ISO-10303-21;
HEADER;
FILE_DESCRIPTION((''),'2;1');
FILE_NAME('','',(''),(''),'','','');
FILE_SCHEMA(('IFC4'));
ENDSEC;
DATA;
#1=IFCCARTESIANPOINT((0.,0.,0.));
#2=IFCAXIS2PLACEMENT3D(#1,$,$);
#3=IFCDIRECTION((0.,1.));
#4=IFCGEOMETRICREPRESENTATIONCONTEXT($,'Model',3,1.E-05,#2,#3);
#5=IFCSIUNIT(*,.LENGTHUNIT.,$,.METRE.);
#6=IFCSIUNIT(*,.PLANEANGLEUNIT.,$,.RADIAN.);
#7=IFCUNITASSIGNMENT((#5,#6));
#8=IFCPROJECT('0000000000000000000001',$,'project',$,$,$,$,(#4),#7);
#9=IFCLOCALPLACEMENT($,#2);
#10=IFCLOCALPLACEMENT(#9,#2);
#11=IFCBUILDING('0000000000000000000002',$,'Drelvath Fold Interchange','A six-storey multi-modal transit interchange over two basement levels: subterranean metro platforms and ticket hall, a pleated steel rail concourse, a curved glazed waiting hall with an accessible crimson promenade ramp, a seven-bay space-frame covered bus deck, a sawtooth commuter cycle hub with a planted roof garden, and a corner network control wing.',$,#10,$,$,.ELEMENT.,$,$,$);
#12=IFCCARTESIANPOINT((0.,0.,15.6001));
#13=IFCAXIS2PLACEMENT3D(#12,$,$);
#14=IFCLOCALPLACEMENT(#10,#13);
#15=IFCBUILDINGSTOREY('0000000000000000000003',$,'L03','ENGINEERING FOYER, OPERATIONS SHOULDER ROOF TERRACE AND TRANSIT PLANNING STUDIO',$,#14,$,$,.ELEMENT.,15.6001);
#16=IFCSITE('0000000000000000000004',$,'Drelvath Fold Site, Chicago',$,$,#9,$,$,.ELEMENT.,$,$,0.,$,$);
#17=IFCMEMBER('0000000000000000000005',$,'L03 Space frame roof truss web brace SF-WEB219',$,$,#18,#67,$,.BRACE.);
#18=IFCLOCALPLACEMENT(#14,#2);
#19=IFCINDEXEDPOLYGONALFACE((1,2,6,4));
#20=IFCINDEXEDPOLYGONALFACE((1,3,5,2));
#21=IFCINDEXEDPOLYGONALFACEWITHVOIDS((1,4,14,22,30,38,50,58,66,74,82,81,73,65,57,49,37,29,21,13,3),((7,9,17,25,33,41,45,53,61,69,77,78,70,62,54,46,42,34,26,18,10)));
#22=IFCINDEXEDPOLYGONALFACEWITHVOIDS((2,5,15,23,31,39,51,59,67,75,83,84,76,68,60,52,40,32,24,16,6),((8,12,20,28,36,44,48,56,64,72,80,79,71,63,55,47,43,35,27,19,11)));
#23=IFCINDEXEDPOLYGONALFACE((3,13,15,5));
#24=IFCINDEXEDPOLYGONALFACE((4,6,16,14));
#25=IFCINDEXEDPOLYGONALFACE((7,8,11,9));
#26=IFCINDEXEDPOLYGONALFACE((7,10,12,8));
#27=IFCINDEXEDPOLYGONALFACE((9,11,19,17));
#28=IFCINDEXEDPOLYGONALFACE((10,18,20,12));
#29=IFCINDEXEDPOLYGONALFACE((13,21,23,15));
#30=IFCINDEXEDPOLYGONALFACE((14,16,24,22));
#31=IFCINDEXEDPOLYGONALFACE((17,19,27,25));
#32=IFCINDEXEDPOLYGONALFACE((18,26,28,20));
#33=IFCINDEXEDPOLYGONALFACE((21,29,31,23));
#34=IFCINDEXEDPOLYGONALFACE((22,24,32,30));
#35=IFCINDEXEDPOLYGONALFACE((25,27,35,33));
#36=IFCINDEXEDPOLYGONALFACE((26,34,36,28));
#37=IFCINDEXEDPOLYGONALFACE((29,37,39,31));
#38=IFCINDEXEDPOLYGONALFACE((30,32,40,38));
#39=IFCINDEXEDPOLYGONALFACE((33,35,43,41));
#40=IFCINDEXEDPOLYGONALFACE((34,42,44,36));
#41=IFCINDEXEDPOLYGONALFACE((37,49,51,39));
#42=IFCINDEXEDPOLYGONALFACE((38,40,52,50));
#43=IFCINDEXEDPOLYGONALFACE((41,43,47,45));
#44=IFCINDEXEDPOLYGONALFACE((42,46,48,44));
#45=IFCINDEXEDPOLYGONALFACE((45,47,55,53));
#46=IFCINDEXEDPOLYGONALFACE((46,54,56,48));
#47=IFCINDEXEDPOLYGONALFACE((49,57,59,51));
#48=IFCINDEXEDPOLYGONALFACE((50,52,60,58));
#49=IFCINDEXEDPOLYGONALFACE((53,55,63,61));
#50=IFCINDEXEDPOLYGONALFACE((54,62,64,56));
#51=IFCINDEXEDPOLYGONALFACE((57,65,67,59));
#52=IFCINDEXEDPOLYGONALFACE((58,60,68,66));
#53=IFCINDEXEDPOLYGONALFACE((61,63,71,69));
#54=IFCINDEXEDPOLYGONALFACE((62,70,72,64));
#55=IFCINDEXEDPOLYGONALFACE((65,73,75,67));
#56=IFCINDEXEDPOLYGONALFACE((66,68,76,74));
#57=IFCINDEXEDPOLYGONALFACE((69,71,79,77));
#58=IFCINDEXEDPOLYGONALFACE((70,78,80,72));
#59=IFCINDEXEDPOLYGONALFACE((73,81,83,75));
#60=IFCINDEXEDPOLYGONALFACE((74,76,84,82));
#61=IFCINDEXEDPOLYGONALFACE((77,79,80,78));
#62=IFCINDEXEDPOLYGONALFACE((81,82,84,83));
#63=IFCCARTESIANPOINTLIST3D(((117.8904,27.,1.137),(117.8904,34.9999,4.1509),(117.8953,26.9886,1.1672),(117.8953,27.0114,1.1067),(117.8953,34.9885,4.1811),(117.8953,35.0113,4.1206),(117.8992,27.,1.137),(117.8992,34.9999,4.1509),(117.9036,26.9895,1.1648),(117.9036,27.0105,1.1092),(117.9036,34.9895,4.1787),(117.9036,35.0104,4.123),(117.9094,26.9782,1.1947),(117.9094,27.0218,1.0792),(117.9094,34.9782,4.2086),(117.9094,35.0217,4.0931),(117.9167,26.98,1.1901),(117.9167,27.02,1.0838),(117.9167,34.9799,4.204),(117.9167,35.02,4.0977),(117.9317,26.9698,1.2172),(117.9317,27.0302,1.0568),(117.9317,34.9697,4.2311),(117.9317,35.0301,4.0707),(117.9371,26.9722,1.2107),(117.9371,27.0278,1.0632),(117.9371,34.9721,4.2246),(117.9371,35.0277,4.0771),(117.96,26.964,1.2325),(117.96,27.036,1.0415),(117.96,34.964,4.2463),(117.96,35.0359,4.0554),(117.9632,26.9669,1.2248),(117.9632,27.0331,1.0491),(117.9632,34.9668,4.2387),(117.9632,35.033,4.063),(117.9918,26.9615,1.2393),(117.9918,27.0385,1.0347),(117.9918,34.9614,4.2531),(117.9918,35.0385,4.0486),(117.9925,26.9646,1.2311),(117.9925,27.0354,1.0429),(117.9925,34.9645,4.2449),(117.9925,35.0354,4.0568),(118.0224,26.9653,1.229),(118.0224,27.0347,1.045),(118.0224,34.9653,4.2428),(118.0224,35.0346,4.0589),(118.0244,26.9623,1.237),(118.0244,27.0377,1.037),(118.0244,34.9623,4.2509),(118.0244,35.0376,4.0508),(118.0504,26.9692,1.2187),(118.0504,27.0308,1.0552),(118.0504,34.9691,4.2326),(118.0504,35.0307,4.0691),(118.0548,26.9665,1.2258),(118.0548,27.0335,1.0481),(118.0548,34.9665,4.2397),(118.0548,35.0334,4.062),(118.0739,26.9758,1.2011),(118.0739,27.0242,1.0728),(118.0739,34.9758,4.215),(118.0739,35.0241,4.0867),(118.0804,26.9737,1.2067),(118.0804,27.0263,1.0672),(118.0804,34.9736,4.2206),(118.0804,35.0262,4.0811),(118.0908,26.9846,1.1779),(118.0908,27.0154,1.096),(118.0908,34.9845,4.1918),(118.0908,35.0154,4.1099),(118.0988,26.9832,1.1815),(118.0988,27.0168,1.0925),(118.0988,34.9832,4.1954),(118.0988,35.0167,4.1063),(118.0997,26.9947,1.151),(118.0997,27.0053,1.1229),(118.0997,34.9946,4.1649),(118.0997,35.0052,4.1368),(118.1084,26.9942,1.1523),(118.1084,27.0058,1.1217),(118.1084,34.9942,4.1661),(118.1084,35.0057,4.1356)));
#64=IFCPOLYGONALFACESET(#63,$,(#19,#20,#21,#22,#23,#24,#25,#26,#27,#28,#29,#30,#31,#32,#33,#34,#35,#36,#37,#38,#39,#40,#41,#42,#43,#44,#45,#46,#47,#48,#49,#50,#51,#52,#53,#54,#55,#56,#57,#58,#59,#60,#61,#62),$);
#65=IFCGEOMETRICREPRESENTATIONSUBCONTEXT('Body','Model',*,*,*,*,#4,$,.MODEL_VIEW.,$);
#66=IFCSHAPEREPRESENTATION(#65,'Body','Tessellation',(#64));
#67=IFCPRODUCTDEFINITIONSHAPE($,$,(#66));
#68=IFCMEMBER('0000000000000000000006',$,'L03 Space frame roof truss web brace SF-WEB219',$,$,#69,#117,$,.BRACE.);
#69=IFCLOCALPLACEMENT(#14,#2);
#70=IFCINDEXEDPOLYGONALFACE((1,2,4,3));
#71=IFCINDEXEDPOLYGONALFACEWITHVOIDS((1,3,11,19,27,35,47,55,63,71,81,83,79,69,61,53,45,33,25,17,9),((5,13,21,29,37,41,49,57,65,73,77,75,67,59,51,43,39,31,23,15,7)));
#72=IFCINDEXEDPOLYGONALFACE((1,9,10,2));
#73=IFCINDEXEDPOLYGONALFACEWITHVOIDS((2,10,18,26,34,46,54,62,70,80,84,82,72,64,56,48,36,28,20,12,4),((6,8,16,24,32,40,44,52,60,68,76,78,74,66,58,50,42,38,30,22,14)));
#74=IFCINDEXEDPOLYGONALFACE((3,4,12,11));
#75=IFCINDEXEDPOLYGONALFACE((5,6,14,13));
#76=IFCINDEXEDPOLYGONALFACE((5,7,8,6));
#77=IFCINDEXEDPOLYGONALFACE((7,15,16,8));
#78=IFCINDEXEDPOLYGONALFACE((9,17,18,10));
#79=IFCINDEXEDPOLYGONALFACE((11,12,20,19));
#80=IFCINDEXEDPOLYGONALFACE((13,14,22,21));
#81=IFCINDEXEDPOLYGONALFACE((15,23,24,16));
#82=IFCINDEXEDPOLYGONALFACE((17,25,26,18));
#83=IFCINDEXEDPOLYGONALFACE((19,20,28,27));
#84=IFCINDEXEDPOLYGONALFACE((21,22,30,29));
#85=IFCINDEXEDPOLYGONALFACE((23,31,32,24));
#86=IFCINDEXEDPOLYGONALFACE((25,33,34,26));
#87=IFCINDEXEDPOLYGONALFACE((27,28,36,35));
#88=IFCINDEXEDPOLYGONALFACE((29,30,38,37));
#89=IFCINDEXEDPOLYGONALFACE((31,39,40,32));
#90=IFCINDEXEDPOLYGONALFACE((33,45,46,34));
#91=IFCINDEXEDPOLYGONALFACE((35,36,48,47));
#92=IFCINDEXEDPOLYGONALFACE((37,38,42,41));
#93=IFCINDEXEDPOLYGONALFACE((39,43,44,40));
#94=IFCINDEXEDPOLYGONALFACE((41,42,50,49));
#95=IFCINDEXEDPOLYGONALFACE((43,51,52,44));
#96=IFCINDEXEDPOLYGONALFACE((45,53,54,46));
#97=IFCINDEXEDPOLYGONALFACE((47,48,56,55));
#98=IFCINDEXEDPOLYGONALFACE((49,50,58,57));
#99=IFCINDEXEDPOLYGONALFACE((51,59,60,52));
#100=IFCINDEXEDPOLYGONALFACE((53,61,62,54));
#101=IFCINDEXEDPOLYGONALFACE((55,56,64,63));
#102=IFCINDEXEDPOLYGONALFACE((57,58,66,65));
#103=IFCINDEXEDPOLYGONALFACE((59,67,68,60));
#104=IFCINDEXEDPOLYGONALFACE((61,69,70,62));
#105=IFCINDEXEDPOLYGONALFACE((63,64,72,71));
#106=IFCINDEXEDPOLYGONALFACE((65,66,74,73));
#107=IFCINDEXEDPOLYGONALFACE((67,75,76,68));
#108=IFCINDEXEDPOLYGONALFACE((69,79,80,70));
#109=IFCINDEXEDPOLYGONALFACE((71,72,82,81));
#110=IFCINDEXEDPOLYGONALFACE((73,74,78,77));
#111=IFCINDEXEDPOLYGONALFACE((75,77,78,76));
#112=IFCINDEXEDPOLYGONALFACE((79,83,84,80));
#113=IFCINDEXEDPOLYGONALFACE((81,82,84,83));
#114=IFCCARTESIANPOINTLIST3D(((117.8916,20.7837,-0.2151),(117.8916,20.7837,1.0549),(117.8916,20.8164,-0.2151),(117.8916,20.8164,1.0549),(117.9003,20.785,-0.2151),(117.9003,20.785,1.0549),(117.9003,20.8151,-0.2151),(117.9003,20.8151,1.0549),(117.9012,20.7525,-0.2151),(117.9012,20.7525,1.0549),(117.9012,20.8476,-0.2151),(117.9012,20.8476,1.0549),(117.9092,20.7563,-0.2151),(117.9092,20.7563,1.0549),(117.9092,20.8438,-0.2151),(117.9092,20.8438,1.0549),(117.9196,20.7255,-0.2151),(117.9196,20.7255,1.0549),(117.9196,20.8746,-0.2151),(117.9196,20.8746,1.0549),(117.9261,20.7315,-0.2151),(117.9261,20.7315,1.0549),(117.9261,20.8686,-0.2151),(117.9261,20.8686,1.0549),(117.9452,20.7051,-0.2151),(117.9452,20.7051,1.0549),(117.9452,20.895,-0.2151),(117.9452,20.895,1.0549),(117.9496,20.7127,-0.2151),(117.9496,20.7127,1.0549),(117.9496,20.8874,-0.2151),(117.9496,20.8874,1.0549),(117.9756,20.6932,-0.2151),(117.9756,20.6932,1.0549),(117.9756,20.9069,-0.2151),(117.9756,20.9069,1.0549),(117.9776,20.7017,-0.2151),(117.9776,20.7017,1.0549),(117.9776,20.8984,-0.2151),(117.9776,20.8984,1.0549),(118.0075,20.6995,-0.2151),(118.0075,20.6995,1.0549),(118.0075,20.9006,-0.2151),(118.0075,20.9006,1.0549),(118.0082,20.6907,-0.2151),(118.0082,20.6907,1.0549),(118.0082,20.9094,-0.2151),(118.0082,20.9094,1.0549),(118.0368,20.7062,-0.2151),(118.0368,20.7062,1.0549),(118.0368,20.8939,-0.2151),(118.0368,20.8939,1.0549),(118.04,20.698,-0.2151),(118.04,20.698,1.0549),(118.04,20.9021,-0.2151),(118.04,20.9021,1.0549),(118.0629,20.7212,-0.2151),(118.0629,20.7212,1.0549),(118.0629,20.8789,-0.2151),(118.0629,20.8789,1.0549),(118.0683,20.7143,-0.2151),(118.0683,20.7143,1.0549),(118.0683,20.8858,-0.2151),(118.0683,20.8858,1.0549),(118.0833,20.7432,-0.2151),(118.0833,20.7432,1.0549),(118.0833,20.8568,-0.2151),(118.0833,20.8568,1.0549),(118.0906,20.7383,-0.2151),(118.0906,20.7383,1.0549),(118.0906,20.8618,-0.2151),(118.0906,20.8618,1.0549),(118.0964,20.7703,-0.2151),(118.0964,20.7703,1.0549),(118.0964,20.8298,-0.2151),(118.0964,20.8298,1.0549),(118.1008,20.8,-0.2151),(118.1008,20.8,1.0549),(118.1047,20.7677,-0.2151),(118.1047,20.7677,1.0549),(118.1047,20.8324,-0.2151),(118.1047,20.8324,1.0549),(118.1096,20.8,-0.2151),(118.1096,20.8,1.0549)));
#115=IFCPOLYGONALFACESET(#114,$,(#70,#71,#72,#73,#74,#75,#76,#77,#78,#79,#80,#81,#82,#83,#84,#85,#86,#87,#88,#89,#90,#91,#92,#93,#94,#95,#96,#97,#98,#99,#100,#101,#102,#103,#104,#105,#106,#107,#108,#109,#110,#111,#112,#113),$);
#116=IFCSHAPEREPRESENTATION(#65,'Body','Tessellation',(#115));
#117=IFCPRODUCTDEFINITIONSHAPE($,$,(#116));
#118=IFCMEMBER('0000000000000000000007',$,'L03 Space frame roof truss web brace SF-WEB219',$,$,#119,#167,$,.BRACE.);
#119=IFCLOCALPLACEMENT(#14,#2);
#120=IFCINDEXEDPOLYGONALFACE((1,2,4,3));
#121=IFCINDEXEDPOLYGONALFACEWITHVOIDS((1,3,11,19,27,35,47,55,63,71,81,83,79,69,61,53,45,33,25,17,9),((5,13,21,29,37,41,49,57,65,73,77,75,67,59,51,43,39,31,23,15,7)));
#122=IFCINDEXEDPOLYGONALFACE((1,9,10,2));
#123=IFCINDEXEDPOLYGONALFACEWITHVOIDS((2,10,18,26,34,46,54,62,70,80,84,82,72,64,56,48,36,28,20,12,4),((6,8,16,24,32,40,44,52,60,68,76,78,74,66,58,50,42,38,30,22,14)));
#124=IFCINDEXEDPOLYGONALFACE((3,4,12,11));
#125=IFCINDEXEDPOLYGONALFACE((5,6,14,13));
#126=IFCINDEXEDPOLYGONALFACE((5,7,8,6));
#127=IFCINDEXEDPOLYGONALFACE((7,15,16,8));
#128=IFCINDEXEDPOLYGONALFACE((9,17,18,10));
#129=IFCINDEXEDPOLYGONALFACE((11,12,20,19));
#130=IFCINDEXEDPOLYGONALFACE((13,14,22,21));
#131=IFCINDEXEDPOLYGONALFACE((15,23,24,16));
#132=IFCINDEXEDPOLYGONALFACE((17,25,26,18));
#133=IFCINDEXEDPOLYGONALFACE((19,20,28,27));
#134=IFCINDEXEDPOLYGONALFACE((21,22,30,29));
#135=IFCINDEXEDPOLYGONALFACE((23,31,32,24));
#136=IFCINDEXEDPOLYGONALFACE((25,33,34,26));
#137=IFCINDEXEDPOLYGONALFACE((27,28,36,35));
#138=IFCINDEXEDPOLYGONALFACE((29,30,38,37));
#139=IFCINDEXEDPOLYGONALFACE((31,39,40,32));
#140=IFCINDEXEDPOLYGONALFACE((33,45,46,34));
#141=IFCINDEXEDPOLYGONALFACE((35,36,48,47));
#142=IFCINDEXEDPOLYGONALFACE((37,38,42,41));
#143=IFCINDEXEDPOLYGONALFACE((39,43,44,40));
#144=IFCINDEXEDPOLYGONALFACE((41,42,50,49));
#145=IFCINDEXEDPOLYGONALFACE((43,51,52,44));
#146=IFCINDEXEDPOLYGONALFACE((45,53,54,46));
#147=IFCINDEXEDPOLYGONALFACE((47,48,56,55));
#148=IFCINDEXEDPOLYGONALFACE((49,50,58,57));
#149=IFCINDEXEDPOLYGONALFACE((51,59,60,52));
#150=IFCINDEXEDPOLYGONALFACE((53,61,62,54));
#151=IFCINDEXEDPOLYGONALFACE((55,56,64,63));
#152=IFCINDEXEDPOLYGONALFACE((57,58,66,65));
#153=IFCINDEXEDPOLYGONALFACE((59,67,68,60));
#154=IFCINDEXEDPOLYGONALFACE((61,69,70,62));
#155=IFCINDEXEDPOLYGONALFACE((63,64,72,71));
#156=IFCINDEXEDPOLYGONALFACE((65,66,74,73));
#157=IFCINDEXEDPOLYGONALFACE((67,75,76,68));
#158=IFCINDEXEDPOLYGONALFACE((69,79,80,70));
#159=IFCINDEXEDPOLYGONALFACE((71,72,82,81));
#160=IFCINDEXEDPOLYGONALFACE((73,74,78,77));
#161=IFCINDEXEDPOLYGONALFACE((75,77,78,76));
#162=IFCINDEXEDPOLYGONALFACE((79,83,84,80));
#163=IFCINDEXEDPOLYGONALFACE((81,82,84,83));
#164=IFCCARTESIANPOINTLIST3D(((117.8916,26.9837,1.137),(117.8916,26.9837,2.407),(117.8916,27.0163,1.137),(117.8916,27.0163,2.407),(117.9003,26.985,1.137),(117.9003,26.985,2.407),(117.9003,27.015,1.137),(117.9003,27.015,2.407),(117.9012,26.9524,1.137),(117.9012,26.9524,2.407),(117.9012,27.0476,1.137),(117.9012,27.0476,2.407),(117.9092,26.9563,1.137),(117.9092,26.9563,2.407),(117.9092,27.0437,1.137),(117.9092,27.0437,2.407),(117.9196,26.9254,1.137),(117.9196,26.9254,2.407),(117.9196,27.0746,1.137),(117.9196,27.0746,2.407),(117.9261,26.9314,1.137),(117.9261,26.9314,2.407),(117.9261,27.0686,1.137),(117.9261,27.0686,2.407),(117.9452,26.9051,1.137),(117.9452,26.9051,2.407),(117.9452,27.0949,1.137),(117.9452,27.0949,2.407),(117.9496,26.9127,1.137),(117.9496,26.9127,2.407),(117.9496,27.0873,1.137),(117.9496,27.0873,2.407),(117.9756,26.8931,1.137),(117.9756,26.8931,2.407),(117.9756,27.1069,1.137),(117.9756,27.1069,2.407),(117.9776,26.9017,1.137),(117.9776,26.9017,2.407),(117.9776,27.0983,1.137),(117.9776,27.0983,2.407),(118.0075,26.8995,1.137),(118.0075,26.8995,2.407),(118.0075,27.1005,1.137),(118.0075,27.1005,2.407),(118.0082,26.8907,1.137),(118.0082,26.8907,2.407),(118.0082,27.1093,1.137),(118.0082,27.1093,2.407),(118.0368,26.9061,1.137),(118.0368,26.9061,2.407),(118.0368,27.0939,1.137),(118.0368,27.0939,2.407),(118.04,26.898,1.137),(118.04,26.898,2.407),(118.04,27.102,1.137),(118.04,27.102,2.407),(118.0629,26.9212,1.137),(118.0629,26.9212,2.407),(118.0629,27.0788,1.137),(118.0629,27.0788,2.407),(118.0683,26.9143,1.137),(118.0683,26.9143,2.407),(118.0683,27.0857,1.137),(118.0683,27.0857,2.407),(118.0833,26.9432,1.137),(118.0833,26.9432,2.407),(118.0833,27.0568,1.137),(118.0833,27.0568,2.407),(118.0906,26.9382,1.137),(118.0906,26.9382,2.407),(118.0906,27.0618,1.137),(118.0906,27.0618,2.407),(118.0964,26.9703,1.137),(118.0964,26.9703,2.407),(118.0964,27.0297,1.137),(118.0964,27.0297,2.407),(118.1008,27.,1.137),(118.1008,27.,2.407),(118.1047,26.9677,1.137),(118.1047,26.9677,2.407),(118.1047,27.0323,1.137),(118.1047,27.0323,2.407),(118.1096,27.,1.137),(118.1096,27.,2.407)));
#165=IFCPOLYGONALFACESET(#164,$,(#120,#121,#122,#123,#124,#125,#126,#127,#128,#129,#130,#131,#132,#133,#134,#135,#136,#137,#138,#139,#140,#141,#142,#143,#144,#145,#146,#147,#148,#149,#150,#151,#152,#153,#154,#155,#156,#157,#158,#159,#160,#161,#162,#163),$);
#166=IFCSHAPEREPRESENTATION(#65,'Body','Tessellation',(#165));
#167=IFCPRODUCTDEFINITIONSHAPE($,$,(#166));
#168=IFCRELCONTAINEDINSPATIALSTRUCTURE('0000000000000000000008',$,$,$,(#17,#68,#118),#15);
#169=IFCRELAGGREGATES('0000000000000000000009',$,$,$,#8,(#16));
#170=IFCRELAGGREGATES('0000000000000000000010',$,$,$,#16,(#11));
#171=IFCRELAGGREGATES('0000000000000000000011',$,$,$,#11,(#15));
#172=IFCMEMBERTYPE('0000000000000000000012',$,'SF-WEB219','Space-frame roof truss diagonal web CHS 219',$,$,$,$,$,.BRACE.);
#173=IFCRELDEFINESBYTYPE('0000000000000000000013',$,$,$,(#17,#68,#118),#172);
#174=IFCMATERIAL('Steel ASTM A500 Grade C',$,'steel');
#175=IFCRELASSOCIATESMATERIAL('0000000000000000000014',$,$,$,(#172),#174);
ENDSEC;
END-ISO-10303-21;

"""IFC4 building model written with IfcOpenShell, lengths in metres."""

from ifc_helpers import new_model, si_unit, direction, frame, origin, origin_2d, place, context, subcontext, project, spatial, hollow_circle, extrude, material, material_profile, profile_set, type_object, element, save


model = new_model("IFC4")

# Units and contexts
model_context = context("Model", 3, precision=1e-05, world=origin(), true_north=direction((0.0, 1.0)))
body_context = subcontext(model_context, "Body", "Model", "MODEL_VIEW")
ifc_project = project(units=[si_unit("LENGTHUNIT", "METRE"), si_unit("PLANEANGLEUNIT", "RADIAN")], contexts=[model_context])

# Site, building, storey
site_placement = place(None, origin())
site = spatial("IfcSite", under=ifc_project, at=site_placement, Name="Drelvath Fold Site, Chicago", CompositionType="ELEMENT", RefElevation=0.0)
building_placement = place(site_placement, origin())
building = spatial("IfcBuilding", under=site, at=building_placement, Name="Drelvath Fold Interchange", Description="A six-storey multi-modal transit interchange over two basement levels: subterranean metro platforms and ticket hall, a pleated steel rail concourse, a curved glazed waiting hall with an accessible crimson promenade ramp, a seven-bay space-frame covered bus deck, a sawtooth commuter cycle hub with a planted roof garden, and a corner network control wing.", CompositionType="ELEMENT")
storey_placement = place(building_placement, frame((0.0, 0.0, 15.6001)))
storey = spatial("IfcBuildingStorey", under=building, at=storey_placement, Name="L03", Description="ENGINEERING FOYER, OPERATIONS SHOULDER ROOF TERRACE AND TRANSIT PLANNING STUDIO", CompositionType="ELEMENT", Elevation=15.6001)

# Shared definitions
ifc_material_1 = material(Name="Steel ASTM A500 Grade C", Category="steel")

# Members
ifc_material_profile_1 = material_profile(ifc_material_1, hollow_circle(Radius=0.1096, WallThickness=0.0088, at=origin_2d()), Name="HSS8.625X0.375")
ifc_profile_set_1 = profile_set([ifc_material_profile_1], Name="Steel ASTM A500 Grade C")
member_type_1 = type_object("IfcMemberType", Name="SF-WEB219", Description="Space-frame roof truss diagonal web CHS 219", PredefinedType="BRACE", material=ifc_profile_set_1)
member_1_placement = place(storey_placement, frame((118.0, 27.0, 1.137), z_axis=(0.0, 0.935793, 0.35255), x_axis=(-1.0, 0.0, 0.0)))
element("IfcMember", 1, at=member_1_placement, inside=storey, type_object=member_type_1, Name="L03 Space frame roof truss web brace SF-WEB219", PredefinedType="BRACE", context=body_context, shape_type="SweptSolid", body=[
    extrude(hollow_circle(Radius=0.1096, WallThickness=0.0088, at=origin_2d()), origin(), (0.0, 0.0, 1.0), 8.5488),
])
for number, where, z_axis, x_axis, name in (
    (2, (118.0, 20.8, -0.2151), (0.0, 0.0, 1.0), (1.0, 0.0, 0.0), "L03 Space frame roof truss web brace SF-WEB219"),
    (3, (118.0, 27.0, 1.137), (0.0, 0.0, 1.0), (1.0, 0.0, 0.0), "L03 Space frame roof truss web brace SF-WEB219"),
):
    element("IfcMember", number, at=place(storey_placement, frame(where, z_axis=z_axis, x_axis=x_axis)), inside=storey, type_object=member_type_1, Name=name, PredefinedType="BRACE", context=body_context, shape_type="SweptSolid", body=[
        extrude(hollow_circle(Radius=0.1096, WallThickness=0.0088, at=origin_2d()), origin(), (0.0, 0.0, 1.0), 1.27),
    ])

save(model, "model.ifc")
